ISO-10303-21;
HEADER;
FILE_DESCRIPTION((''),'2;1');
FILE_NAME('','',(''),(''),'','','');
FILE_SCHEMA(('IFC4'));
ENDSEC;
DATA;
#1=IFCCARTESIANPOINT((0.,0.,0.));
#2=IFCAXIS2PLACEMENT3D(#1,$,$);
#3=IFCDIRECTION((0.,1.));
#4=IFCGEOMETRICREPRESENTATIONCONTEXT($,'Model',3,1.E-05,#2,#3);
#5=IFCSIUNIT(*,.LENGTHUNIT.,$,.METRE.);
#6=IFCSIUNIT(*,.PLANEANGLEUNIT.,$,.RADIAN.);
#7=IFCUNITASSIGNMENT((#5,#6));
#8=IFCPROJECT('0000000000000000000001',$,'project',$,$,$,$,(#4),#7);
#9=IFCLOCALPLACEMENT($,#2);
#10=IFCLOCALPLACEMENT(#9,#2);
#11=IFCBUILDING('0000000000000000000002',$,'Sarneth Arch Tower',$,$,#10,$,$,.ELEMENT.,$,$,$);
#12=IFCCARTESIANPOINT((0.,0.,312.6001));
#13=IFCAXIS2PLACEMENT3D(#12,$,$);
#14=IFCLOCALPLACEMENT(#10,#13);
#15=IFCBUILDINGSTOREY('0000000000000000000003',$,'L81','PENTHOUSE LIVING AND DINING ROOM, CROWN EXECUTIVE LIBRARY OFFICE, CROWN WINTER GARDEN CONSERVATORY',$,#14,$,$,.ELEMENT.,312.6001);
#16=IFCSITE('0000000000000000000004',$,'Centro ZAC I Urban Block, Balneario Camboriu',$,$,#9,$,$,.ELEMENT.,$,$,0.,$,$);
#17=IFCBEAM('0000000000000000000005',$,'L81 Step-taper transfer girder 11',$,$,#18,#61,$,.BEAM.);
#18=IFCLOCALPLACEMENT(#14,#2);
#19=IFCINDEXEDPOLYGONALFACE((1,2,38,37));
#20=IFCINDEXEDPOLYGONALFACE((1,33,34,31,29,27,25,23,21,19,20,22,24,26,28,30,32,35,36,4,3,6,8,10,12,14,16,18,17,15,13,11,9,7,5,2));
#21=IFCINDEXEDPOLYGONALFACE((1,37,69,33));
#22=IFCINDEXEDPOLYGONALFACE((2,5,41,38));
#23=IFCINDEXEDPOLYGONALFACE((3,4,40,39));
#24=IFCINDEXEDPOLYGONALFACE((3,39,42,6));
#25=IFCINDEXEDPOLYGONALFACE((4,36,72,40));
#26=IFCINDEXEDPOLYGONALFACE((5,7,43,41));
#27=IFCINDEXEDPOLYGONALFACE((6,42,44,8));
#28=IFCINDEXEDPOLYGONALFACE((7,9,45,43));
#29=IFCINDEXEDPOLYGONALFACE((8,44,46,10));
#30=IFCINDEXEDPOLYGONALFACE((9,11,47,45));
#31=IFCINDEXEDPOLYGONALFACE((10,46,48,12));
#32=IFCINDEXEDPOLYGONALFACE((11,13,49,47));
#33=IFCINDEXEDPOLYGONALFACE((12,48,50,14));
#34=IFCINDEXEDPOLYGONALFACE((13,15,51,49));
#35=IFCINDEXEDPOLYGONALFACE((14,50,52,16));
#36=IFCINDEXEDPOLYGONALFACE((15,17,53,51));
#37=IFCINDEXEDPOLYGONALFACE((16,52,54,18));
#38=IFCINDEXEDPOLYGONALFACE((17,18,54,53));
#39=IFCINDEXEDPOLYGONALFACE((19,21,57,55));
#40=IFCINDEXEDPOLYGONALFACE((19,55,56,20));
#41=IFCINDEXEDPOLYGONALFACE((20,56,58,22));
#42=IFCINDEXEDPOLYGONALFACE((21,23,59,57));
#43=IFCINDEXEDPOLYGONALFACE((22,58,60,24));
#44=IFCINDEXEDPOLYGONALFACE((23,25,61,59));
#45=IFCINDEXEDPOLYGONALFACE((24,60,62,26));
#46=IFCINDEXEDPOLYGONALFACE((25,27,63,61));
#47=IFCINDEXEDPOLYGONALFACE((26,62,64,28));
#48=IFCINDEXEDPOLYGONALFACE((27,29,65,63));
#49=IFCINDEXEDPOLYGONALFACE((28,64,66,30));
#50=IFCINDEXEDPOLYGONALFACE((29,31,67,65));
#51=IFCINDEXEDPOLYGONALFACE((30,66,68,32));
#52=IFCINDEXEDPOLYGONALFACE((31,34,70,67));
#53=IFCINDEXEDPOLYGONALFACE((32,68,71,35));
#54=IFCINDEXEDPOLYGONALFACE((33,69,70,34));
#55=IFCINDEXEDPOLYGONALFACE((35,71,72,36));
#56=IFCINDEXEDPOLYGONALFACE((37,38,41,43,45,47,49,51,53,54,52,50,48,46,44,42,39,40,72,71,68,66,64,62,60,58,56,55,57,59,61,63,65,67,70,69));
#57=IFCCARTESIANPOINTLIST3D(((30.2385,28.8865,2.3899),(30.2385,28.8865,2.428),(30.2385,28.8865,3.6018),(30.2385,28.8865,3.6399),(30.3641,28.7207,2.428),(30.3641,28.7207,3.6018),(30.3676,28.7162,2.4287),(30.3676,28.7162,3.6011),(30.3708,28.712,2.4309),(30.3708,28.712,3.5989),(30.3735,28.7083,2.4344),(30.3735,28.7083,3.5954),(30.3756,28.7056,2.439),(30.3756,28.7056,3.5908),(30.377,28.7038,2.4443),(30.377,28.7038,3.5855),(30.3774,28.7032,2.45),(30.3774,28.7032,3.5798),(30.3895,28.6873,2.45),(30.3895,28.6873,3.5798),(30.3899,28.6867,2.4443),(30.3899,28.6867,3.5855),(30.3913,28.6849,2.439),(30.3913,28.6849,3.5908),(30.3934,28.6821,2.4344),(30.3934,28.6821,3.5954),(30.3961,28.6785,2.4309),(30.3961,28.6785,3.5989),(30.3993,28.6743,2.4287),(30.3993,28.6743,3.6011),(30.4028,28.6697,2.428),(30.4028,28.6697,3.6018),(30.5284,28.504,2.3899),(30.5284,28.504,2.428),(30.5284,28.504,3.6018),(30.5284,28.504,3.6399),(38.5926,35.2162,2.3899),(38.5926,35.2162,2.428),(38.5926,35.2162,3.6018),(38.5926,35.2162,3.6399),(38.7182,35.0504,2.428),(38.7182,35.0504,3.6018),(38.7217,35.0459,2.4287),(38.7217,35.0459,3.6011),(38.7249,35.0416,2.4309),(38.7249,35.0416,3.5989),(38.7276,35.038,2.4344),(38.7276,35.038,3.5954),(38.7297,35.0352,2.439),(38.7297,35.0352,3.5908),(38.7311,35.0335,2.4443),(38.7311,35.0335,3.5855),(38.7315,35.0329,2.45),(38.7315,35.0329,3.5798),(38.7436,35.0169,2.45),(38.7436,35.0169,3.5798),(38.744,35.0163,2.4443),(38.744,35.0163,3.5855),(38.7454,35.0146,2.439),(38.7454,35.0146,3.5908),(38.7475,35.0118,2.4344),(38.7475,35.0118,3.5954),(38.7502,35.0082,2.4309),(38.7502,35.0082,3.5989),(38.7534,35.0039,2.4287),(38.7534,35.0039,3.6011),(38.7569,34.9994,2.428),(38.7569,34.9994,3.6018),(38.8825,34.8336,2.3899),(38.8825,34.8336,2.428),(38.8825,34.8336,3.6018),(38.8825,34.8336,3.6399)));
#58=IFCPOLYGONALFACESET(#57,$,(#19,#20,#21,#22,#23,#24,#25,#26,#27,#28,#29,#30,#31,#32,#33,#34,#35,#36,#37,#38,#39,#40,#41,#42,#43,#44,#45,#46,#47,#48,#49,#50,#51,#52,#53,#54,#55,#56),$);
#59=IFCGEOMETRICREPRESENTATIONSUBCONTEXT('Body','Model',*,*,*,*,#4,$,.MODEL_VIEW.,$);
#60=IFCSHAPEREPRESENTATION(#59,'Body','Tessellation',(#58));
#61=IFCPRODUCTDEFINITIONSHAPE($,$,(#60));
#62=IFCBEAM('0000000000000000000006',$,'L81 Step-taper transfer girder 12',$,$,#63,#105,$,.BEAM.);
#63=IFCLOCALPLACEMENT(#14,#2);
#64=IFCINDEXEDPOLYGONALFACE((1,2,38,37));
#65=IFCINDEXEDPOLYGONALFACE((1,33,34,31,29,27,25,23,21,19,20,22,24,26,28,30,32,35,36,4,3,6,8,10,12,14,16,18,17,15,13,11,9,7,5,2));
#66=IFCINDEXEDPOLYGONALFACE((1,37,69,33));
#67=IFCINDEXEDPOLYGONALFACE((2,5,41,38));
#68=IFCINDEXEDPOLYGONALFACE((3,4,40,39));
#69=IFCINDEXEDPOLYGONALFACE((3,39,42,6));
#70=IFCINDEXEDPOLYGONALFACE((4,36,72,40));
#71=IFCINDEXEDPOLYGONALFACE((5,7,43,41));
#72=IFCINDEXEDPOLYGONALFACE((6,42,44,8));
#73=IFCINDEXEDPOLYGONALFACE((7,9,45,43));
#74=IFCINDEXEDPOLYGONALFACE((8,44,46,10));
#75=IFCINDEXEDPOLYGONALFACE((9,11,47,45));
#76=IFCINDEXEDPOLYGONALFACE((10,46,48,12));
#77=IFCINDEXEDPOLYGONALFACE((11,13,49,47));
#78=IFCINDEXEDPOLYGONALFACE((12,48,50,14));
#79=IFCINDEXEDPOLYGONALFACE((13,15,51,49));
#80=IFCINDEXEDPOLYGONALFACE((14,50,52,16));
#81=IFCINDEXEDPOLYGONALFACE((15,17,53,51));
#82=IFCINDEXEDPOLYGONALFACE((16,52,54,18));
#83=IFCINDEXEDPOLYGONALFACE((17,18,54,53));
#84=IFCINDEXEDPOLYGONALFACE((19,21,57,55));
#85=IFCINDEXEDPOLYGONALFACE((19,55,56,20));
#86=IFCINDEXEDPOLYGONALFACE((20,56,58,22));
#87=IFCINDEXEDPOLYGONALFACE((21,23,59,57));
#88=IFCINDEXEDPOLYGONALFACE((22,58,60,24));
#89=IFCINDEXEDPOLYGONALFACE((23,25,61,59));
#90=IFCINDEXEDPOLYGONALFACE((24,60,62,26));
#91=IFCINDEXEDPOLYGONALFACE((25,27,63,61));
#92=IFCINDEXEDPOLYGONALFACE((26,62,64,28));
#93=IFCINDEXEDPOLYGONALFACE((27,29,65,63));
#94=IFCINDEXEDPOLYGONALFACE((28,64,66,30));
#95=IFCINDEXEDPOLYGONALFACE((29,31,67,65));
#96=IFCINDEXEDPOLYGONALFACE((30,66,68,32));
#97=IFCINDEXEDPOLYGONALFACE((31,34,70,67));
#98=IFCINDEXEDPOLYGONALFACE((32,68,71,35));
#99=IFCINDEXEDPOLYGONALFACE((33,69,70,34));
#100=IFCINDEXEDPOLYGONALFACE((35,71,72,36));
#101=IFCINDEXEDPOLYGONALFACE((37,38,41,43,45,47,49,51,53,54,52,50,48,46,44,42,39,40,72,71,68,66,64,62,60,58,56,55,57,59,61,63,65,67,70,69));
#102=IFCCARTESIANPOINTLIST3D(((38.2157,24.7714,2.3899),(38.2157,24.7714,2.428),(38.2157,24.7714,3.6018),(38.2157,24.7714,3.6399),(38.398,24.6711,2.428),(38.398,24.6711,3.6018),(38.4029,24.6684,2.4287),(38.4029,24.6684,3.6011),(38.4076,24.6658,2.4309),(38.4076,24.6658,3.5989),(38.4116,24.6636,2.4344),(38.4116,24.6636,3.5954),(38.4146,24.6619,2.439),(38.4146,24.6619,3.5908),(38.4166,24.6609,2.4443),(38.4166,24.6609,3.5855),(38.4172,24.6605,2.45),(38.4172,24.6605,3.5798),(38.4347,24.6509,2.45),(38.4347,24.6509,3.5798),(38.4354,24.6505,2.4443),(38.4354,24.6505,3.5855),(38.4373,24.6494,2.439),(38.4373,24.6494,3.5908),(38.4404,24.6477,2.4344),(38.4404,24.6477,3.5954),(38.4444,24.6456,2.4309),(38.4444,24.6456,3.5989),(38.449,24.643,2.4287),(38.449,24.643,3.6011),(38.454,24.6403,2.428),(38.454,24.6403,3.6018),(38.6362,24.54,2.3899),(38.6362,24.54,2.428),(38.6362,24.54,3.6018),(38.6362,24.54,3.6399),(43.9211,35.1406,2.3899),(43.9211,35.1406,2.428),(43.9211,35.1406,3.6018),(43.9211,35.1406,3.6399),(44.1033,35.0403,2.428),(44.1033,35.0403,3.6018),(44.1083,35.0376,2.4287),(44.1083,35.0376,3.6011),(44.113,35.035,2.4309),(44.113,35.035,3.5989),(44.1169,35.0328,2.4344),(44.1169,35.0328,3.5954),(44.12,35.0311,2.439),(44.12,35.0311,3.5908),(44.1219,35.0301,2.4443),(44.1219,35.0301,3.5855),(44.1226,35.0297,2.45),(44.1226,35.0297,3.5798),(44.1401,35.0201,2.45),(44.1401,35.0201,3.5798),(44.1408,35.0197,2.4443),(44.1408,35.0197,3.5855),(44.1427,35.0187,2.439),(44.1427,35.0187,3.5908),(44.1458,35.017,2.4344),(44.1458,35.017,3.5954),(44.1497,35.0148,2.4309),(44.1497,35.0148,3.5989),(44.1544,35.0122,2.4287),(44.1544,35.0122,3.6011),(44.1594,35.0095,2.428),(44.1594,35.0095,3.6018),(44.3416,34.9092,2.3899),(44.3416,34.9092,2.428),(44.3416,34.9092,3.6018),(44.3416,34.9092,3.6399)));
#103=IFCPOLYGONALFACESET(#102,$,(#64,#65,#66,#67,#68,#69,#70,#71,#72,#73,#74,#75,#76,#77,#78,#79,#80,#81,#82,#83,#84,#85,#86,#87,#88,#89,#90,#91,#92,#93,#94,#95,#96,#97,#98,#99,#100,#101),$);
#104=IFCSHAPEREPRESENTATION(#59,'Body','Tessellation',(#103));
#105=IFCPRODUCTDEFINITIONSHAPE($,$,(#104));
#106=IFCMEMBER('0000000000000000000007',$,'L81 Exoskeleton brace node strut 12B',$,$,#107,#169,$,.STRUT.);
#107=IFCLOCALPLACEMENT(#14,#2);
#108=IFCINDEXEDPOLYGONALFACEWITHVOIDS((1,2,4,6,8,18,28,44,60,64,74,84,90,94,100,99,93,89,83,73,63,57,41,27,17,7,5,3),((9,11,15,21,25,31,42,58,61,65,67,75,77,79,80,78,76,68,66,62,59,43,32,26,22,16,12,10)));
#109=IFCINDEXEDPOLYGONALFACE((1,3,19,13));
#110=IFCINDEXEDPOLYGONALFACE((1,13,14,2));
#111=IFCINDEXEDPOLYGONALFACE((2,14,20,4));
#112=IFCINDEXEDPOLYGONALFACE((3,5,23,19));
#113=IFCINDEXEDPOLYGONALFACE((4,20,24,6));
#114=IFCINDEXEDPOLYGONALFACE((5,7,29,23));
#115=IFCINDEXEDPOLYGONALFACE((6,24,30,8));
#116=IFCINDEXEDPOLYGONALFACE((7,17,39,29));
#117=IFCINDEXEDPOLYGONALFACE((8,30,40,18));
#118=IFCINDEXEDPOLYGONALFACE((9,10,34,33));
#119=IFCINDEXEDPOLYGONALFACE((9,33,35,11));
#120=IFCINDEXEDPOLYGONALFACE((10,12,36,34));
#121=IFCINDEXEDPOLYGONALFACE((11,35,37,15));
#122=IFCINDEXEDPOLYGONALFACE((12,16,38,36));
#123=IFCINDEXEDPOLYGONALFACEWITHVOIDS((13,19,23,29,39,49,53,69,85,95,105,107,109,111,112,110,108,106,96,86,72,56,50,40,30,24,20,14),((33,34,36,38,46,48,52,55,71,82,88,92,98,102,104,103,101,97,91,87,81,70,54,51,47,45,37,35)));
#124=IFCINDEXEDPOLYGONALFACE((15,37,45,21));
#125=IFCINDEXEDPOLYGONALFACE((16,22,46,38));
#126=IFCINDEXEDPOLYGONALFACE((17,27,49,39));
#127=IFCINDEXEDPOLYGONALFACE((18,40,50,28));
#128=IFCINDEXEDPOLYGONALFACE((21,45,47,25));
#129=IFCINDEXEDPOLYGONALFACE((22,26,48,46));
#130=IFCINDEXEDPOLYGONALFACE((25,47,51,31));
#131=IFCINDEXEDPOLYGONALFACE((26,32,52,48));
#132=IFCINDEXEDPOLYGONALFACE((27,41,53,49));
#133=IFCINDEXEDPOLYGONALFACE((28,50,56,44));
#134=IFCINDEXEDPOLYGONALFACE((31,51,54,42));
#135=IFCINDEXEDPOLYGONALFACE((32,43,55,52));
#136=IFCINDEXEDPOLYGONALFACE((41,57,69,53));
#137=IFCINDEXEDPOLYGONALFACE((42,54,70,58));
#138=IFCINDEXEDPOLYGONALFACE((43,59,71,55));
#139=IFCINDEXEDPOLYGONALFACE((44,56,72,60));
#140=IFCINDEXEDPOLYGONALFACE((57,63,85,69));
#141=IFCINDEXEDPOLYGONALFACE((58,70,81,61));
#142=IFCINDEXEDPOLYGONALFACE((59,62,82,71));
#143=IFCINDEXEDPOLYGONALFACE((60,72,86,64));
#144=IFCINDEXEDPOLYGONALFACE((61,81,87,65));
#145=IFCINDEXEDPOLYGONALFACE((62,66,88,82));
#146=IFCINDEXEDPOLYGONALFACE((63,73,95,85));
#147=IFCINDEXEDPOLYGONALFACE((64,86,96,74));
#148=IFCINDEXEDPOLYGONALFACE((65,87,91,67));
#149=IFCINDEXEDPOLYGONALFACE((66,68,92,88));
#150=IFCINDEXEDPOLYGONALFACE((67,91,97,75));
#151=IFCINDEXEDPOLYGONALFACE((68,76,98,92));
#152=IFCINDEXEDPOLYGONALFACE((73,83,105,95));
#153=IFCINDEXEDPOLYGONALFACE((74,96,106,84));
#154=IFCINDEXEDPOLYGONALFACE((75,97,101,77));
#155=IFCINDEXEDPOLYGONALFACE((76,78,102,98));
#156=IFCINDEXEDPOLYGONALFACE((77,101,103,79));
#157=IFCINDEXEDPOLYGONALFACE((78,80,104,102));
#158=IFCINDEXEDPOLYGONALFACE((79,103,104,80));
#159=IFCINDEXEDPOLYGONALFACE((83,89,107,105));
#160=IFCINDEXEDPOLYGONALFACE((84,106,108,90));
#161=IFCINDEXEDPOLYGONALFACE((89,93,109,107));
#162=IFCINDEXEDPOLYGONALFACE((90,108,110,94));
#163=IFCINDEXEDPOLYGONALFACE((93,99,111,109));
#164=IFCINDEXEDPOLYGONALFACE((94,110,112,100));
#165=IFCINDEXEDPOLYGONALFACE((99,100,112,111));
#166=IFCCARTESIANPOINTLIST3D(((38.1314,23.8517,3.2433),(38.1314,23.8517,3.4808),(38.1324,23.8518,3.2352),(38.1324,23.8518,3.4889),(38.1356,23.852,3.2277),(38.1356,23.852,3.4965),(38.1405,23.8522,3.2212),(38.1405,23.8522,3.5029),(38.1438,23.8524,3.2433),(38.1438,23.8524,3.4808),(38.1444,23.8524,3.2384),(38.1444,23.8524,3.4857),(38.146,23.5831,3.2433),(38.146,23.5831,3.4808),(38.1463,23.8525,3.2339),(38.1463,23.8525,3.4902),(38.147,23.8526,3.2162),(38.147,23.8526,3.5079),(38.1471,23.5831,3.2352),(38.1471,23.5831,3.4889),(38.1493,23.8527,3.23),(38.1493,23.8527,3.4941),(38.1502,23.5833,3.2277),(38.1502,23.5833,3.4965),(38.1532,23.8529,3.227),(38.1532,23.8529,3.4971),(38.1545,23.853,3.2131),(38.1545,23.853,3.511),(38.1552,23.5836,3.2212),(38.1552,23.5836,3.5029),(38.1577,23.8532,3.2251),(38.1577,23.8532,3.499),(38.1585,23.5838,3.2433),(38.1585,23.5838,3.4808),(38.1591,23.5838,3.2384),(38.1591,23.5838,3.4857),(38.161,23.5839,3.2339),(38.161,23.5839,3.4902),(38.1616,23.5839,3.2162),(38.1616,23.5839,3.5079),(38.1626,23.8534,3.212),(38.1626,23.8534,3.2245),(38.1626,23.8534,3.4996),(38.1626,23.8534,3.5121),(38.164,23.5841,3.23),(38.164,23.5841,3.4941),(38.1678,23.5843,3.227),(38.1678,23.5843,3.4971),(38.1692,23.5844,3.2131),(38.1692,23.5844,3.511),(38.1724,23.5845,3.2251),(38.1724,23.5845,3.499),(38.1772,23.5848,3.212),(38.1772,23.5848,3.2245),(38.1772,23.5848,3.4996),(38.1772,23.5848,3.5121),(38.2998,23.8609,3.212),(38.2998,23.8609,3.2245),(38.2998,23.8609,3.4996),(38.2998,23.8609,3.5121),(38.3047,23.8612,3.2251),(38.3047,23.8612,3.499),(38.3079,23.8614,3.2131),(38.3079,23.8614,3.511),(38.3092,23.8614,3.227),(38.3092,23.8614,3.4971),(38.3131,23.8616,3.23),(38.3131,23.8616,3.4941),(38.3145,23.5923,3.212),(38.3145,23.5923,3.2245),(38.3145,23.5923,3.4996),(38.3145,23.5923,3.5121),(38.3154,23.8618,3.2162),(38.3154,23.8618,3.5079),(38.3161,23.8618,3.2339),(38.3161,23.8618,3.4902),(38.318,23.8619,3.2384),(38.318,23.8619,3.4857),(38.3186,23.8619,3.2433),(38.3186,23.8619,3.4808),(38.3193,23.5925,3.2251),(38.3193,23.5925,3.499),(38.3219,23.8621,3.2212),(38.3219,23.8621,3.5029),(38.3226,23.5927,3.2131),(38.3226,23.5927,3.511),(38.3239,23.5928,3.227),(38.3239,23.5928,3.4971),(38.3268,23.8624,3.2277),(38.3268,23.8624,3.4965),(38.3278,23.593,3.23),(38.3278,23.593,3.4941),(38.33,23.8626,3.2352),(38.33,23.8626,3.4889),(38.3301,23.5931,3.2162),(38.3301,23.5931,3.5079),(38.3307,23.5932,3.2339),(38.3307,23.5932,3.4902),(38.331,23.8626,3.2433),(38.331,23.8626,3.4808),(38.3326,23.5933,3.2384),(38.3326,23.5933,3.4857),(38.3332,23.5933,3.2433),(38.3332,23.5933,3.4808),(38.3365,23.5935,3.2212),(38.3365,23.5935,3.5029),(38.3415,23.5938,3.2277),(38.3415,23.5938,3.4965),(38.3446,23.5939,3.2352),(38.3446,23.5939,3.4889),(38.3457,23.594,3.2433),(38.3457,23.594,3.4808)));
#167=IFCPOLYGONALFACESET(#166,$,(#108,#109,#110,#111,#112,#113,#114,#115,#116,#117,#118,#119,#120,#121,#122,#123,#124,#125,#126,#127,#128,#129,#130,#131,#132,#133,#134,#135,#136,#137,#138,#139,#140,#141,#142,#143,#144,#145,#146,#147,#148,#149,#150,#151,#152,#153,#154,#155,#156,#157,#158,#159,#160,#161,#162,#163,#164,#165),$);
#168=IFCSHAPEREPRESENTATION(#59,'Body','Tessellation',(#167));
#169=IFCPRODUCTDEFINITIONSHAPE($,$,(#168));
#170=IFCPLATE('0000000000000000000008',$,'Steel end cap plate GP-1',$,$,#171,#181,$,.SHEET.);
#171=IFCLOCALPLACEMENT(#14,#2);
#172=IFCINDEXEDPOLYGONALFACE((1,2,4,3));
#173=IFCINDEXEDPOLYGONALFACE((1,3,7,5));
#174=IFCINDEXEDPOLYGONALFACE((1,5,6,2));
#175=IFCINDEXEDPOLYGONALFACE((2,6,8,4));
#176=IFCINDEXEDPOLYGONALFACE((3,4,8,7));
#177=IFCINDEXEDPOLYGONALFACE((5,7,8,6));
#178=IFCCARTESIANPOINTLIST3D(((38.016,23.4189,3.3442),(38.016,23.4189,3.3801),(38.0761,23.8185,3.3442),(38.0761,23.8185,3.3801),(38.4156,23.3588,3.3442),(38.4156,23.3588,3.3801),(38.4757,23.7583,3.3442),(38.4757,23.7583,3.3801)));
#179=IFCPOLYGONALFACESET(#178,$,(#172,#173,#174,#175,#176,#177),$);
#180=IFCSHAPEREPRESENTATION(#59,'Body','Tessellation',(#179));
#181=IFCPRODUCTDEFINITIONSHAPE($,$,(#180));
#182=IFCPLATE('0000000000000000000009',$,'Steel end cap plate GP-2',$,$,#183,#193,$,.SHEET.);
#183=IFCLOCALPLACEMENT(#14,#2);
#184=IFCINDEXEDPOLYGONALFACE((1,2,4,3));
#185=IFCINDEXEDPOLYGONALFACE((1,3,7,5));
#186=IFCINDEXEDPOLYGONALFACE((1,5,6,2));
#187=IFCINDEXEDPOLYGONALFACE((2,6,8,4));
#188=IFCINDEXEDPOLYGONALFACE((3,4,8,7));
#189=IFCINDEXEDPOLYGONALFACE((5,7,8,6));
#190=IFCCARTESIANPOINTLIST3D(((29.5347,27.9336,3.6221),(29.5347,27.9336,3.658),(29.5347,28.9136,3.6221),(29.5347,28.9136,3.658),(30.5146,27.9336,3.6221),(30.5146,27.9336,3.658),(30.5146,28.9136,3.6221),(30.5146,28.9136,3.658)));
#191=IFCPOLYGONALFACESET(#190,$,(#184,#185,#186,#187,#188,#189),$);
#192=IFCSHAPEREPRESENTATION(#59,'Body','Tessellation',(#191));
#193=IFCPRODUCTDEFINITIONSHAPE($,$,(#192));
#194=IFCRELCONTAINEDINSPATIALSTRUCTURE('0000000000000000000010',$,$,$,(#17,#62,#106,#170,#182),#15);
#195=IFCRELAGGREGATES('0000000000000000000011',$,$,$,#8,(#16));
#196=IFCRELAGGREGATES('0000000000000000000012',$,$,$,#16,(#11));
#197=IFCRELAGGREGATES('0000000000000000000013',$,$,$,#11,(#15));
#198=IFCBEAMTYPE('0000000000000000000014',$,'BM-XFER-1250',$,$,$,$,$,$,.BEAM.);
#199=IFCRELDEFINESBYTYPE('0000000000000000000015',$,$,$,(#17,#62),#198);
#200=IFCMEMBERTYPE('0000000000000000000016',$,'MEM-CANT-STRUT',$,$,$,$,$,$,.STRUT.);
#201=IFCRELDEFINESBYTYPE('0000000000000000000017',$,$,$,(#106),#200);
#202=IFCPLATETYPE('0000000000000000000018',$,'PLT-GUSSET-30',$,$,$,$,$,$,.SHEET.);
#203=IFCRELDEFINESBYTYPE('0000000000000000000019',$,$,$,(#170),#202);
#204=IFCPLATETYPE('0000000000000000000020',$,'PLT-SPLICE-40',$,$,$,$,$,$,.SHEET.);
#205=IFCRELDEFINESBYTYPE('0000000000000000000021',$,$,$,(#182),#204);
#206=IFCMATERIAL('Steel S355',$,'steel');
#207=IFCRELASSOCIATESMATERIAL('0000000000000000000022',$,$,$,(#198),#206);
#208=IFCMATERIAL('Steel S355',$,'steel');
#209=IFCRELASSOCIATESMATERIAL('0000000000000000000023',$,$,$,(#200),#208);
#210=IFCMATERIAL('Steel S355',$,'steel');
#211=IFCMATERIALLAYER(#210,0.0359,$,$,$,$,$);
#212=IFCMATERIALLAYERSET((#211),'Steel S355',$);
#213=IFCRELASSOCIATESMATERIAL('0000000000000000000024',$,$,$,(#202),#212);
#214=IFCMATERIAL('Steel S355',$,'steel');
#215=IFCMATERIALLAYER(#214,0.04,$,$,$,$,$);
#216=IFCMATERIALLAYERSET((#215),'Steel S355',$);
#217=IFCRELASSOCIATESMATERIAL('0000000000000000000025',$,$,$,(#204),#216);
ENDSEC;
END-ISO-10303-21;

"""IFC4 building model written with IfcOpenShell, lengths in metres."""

from ifc_helpers import new_model, si_unit, direction, frame, origin, origin_2d, place, context, subcontext, project, spatial, rectangle, hollow_rectangle, i_section, extrude, material, layer, layer_set, material_profile, profile_set, type_object, element, save


model = new_model("IFC4")

# Units and contexts
model_context = context("Model", 3, precision=1e-05, world=origin(), true_north=direction((0.0, 1.0)))
body_context = subcontext(model_context, "Body", "Model", "MODEL_VIEW")
ifc_project = project(units=[si_unit("LENGTHUNIT", "METRE"), si_unit("PLANEANGLEUNIT", "RADIAN")], contexts=[model_context])

# Site, building, storey
site_placement = place(None, origin())
site = spatial("IfcSite", under=ifc_project, at=site_placement, Name="Centro ZAC I Urban Block, Balneario Camboriu", CompositionType="ELEMENT", RefElevation=0.0)
building_placement = place(site_placement, origin())
building = spatial("IfcBuilding", under=site, at=building_placement, Name="Sarneth Arch Tower", CompositionType="ELEMENT")
storey_placement = place(building_placement, frame((0.0, 0.0, 312.6001)))
storey = spatial("IfcBuildingStorey", under=building, at=storey_placement, Name="L81", Description="PENTHOUSE LIVING AND DINING ROOM, CROWN EXECUTIVE LIBRARY OFFICE, CROWN WINTER GARDEN CONSERVATORY", CompositionType="ELEMENT", Elevation=312.6001)

# Beams
ifc_material_1 = material(Name="Steel S355", Category="steel")
ifc_material_profile_1 = material_profile(ifc_material_1, i_section(OverallWidth=0.48, OverallDepth=1.25, WebThickness=0.02, FlangeThickness=0.0381, FilletRadius=0.022, at=origin_2d()), Name="CVS1250x520")
ifc_profile_set_1 = profile_set([ifc_material_profile_1], Name="Steel S355")
beam_type_1 = type_object("IfcBeamType", Name="BM-XFER-1250", PredefinedType="BEAM", material=ifc_profile_set_1)
beam_1_placement = place(storey_placement, frame((38.7375, 35.0249, 3.0149), z_axis=(-0.797055, -0.603906, 0.0), x_axis=(0.603906, -0.797055, 0.0)))
element("IfcBeam", 1, at=beam_1_placement, inside=storey, type_object=beam_type_1, Name="L81 Step-taper transfer girder 11", PredefinedType="BEAM", context=body_context, shape_type="SweptSolid", body=[
    extrude(i_section(OverallWidth=0.48, OverallDepth=1.25, WebThickness=0.02, FlangeThickness=0.0381, FilletRadius=0.022, at=origin_2d()), origin(), (0.0, 0.0, 1.0), 10.4812),
])
beam_2_placement = place(storey_placement, frame((44.1313, 35.0249, 3.0149), z_axis=(-0.482068, -0.876134, 0.0), x_axis=(0.876134, -0.482068, 0.0)))
element("IfcBeam", 2, at=beam_2_placement, inside=storey, type_object=beam_type_1, Name="L81 Step-taper transfer girder 12", PredefinedType="BEAM", context=body_context, shape_type="SweptSolid", body=[
    extrude(i_section(OverallWidth=0.48, OverallDepth=1.25, WebThickness=0.02, FlangeThickness=0.0381, FilletRadius=0.022, at=origin_2d()), origin(), (0.0, 0.0, 1.0), 11.8352),
])

# Member
ifc_material_2 = material(Name="Steel S355", Category="steel")
ifc_material_profile_2 = material_profile(ifc_material_2, hollow_rectangle(XDim=0.2, YDim=0.3, WallThickness=0.0125, InnerFilletRadius=0.0188, OuterFilletRadius=0.0312, at=origin_2d()), Name="RHS300x200x12.5")
ifc_profile_set_2 = profile_set([ifc_material_profile_2], Name="Steel S355")
member_type = type_object("IfcMemberType", Name="MEM-CANT-STRUT", PredefinedType="STRUT", material=ifc_profile_set_2)
member_placement = place(storey_placement, frame((38.2312, 23.8572, 3.3621), z_axis=(0.054464, -0.998516, 0.0), x_axis=(0.998516, 0.054464, 0.0)))
element("IfcMember", 3, at=member_placement, inside=storey, type_object=member_type, Name="L81 Exoskeleton brace node strut 12B", PredefinedType="STRUT", context=body_context, shape_type="SweptSolid", body=[
    extrude(hollow_rectangle(XDim=0.2, YDim=0.3, WallThickness=0.0125, InnerFilletRadius=0.0188, OuterFilletRadius=0.0312, at=origin_2d()), origin(), (0.0, 0.0, 1.0), 0.269),
])

# Plates
ifc_material_3 = material(Name="Steel S355", Category="steel")
ifc_layer_1 = layer(ifc_material_3, 0.0359)
ifc_layer_set_1 = layer_set([ifc_layer_1], Name="Steel S355")
plate_type_1 = type_object("IfcPlateType", Name="PLT-GUSSET-30", PredefinedType="SHEET", material=ifc_layer_set_1)
plate_placement = place(storey_placement, frame((38.2458, 23.5886, 3.3442), z_axis=(0.0, 0.0, 1.0), x_axis=(0.988861, -0.148845, 0.0)))
element("IfcPlate", 4, at=plate_placement, inside=storey, type_object=plate_type_1, Name="Steel end cap plate GP-1", PredefinedType="SHEET", context=body_context, shape_type="SweptSolid", body=[
    extrude(rectangle(XDim=0.4041, YDim=0.4041, at=origin_2d()), origin(), (0.0, 0.0, 1.0), 0.0359),
])
ifc_material_4 = material(Name="Steel S355", Category="steel")
ifc_layer_2 = layer(ifc_material_4, 0.04)
ifc_layer_set_2 = layer_set([ifc_layer_2], Name="Steel S355")
plate_type_2 = type_object("IfcPlateType", Name="PLT-SPLICE-40", PredefinedType="SHEET", material=ifc_layer_set_2)
for number, where, z_axis, x_axis, name in (
    (5, (30.0247, 28.4236, 3.6221), (0.0, 0.0, 1.0), (1.0, 0.0, 0.0), "Steel end cap plate GP-2"),
):
    element("IfcPlate", number, at=place(storey_placement, frame(where, z_axis=z_axis, x_axis=x_axis)), inside=storey, type_object=plate_type_2, Name=name, PredefinedType="SHEET", context=body_context, shape_type="SweptSolid", body=[
        extrude(rectangle(XDim=0.98, YDim=0.98, at=origin_2d()), origin(), (0.0, 0.0, 1.0), 0.0359),
    ])

save(model, "model.ifc")
